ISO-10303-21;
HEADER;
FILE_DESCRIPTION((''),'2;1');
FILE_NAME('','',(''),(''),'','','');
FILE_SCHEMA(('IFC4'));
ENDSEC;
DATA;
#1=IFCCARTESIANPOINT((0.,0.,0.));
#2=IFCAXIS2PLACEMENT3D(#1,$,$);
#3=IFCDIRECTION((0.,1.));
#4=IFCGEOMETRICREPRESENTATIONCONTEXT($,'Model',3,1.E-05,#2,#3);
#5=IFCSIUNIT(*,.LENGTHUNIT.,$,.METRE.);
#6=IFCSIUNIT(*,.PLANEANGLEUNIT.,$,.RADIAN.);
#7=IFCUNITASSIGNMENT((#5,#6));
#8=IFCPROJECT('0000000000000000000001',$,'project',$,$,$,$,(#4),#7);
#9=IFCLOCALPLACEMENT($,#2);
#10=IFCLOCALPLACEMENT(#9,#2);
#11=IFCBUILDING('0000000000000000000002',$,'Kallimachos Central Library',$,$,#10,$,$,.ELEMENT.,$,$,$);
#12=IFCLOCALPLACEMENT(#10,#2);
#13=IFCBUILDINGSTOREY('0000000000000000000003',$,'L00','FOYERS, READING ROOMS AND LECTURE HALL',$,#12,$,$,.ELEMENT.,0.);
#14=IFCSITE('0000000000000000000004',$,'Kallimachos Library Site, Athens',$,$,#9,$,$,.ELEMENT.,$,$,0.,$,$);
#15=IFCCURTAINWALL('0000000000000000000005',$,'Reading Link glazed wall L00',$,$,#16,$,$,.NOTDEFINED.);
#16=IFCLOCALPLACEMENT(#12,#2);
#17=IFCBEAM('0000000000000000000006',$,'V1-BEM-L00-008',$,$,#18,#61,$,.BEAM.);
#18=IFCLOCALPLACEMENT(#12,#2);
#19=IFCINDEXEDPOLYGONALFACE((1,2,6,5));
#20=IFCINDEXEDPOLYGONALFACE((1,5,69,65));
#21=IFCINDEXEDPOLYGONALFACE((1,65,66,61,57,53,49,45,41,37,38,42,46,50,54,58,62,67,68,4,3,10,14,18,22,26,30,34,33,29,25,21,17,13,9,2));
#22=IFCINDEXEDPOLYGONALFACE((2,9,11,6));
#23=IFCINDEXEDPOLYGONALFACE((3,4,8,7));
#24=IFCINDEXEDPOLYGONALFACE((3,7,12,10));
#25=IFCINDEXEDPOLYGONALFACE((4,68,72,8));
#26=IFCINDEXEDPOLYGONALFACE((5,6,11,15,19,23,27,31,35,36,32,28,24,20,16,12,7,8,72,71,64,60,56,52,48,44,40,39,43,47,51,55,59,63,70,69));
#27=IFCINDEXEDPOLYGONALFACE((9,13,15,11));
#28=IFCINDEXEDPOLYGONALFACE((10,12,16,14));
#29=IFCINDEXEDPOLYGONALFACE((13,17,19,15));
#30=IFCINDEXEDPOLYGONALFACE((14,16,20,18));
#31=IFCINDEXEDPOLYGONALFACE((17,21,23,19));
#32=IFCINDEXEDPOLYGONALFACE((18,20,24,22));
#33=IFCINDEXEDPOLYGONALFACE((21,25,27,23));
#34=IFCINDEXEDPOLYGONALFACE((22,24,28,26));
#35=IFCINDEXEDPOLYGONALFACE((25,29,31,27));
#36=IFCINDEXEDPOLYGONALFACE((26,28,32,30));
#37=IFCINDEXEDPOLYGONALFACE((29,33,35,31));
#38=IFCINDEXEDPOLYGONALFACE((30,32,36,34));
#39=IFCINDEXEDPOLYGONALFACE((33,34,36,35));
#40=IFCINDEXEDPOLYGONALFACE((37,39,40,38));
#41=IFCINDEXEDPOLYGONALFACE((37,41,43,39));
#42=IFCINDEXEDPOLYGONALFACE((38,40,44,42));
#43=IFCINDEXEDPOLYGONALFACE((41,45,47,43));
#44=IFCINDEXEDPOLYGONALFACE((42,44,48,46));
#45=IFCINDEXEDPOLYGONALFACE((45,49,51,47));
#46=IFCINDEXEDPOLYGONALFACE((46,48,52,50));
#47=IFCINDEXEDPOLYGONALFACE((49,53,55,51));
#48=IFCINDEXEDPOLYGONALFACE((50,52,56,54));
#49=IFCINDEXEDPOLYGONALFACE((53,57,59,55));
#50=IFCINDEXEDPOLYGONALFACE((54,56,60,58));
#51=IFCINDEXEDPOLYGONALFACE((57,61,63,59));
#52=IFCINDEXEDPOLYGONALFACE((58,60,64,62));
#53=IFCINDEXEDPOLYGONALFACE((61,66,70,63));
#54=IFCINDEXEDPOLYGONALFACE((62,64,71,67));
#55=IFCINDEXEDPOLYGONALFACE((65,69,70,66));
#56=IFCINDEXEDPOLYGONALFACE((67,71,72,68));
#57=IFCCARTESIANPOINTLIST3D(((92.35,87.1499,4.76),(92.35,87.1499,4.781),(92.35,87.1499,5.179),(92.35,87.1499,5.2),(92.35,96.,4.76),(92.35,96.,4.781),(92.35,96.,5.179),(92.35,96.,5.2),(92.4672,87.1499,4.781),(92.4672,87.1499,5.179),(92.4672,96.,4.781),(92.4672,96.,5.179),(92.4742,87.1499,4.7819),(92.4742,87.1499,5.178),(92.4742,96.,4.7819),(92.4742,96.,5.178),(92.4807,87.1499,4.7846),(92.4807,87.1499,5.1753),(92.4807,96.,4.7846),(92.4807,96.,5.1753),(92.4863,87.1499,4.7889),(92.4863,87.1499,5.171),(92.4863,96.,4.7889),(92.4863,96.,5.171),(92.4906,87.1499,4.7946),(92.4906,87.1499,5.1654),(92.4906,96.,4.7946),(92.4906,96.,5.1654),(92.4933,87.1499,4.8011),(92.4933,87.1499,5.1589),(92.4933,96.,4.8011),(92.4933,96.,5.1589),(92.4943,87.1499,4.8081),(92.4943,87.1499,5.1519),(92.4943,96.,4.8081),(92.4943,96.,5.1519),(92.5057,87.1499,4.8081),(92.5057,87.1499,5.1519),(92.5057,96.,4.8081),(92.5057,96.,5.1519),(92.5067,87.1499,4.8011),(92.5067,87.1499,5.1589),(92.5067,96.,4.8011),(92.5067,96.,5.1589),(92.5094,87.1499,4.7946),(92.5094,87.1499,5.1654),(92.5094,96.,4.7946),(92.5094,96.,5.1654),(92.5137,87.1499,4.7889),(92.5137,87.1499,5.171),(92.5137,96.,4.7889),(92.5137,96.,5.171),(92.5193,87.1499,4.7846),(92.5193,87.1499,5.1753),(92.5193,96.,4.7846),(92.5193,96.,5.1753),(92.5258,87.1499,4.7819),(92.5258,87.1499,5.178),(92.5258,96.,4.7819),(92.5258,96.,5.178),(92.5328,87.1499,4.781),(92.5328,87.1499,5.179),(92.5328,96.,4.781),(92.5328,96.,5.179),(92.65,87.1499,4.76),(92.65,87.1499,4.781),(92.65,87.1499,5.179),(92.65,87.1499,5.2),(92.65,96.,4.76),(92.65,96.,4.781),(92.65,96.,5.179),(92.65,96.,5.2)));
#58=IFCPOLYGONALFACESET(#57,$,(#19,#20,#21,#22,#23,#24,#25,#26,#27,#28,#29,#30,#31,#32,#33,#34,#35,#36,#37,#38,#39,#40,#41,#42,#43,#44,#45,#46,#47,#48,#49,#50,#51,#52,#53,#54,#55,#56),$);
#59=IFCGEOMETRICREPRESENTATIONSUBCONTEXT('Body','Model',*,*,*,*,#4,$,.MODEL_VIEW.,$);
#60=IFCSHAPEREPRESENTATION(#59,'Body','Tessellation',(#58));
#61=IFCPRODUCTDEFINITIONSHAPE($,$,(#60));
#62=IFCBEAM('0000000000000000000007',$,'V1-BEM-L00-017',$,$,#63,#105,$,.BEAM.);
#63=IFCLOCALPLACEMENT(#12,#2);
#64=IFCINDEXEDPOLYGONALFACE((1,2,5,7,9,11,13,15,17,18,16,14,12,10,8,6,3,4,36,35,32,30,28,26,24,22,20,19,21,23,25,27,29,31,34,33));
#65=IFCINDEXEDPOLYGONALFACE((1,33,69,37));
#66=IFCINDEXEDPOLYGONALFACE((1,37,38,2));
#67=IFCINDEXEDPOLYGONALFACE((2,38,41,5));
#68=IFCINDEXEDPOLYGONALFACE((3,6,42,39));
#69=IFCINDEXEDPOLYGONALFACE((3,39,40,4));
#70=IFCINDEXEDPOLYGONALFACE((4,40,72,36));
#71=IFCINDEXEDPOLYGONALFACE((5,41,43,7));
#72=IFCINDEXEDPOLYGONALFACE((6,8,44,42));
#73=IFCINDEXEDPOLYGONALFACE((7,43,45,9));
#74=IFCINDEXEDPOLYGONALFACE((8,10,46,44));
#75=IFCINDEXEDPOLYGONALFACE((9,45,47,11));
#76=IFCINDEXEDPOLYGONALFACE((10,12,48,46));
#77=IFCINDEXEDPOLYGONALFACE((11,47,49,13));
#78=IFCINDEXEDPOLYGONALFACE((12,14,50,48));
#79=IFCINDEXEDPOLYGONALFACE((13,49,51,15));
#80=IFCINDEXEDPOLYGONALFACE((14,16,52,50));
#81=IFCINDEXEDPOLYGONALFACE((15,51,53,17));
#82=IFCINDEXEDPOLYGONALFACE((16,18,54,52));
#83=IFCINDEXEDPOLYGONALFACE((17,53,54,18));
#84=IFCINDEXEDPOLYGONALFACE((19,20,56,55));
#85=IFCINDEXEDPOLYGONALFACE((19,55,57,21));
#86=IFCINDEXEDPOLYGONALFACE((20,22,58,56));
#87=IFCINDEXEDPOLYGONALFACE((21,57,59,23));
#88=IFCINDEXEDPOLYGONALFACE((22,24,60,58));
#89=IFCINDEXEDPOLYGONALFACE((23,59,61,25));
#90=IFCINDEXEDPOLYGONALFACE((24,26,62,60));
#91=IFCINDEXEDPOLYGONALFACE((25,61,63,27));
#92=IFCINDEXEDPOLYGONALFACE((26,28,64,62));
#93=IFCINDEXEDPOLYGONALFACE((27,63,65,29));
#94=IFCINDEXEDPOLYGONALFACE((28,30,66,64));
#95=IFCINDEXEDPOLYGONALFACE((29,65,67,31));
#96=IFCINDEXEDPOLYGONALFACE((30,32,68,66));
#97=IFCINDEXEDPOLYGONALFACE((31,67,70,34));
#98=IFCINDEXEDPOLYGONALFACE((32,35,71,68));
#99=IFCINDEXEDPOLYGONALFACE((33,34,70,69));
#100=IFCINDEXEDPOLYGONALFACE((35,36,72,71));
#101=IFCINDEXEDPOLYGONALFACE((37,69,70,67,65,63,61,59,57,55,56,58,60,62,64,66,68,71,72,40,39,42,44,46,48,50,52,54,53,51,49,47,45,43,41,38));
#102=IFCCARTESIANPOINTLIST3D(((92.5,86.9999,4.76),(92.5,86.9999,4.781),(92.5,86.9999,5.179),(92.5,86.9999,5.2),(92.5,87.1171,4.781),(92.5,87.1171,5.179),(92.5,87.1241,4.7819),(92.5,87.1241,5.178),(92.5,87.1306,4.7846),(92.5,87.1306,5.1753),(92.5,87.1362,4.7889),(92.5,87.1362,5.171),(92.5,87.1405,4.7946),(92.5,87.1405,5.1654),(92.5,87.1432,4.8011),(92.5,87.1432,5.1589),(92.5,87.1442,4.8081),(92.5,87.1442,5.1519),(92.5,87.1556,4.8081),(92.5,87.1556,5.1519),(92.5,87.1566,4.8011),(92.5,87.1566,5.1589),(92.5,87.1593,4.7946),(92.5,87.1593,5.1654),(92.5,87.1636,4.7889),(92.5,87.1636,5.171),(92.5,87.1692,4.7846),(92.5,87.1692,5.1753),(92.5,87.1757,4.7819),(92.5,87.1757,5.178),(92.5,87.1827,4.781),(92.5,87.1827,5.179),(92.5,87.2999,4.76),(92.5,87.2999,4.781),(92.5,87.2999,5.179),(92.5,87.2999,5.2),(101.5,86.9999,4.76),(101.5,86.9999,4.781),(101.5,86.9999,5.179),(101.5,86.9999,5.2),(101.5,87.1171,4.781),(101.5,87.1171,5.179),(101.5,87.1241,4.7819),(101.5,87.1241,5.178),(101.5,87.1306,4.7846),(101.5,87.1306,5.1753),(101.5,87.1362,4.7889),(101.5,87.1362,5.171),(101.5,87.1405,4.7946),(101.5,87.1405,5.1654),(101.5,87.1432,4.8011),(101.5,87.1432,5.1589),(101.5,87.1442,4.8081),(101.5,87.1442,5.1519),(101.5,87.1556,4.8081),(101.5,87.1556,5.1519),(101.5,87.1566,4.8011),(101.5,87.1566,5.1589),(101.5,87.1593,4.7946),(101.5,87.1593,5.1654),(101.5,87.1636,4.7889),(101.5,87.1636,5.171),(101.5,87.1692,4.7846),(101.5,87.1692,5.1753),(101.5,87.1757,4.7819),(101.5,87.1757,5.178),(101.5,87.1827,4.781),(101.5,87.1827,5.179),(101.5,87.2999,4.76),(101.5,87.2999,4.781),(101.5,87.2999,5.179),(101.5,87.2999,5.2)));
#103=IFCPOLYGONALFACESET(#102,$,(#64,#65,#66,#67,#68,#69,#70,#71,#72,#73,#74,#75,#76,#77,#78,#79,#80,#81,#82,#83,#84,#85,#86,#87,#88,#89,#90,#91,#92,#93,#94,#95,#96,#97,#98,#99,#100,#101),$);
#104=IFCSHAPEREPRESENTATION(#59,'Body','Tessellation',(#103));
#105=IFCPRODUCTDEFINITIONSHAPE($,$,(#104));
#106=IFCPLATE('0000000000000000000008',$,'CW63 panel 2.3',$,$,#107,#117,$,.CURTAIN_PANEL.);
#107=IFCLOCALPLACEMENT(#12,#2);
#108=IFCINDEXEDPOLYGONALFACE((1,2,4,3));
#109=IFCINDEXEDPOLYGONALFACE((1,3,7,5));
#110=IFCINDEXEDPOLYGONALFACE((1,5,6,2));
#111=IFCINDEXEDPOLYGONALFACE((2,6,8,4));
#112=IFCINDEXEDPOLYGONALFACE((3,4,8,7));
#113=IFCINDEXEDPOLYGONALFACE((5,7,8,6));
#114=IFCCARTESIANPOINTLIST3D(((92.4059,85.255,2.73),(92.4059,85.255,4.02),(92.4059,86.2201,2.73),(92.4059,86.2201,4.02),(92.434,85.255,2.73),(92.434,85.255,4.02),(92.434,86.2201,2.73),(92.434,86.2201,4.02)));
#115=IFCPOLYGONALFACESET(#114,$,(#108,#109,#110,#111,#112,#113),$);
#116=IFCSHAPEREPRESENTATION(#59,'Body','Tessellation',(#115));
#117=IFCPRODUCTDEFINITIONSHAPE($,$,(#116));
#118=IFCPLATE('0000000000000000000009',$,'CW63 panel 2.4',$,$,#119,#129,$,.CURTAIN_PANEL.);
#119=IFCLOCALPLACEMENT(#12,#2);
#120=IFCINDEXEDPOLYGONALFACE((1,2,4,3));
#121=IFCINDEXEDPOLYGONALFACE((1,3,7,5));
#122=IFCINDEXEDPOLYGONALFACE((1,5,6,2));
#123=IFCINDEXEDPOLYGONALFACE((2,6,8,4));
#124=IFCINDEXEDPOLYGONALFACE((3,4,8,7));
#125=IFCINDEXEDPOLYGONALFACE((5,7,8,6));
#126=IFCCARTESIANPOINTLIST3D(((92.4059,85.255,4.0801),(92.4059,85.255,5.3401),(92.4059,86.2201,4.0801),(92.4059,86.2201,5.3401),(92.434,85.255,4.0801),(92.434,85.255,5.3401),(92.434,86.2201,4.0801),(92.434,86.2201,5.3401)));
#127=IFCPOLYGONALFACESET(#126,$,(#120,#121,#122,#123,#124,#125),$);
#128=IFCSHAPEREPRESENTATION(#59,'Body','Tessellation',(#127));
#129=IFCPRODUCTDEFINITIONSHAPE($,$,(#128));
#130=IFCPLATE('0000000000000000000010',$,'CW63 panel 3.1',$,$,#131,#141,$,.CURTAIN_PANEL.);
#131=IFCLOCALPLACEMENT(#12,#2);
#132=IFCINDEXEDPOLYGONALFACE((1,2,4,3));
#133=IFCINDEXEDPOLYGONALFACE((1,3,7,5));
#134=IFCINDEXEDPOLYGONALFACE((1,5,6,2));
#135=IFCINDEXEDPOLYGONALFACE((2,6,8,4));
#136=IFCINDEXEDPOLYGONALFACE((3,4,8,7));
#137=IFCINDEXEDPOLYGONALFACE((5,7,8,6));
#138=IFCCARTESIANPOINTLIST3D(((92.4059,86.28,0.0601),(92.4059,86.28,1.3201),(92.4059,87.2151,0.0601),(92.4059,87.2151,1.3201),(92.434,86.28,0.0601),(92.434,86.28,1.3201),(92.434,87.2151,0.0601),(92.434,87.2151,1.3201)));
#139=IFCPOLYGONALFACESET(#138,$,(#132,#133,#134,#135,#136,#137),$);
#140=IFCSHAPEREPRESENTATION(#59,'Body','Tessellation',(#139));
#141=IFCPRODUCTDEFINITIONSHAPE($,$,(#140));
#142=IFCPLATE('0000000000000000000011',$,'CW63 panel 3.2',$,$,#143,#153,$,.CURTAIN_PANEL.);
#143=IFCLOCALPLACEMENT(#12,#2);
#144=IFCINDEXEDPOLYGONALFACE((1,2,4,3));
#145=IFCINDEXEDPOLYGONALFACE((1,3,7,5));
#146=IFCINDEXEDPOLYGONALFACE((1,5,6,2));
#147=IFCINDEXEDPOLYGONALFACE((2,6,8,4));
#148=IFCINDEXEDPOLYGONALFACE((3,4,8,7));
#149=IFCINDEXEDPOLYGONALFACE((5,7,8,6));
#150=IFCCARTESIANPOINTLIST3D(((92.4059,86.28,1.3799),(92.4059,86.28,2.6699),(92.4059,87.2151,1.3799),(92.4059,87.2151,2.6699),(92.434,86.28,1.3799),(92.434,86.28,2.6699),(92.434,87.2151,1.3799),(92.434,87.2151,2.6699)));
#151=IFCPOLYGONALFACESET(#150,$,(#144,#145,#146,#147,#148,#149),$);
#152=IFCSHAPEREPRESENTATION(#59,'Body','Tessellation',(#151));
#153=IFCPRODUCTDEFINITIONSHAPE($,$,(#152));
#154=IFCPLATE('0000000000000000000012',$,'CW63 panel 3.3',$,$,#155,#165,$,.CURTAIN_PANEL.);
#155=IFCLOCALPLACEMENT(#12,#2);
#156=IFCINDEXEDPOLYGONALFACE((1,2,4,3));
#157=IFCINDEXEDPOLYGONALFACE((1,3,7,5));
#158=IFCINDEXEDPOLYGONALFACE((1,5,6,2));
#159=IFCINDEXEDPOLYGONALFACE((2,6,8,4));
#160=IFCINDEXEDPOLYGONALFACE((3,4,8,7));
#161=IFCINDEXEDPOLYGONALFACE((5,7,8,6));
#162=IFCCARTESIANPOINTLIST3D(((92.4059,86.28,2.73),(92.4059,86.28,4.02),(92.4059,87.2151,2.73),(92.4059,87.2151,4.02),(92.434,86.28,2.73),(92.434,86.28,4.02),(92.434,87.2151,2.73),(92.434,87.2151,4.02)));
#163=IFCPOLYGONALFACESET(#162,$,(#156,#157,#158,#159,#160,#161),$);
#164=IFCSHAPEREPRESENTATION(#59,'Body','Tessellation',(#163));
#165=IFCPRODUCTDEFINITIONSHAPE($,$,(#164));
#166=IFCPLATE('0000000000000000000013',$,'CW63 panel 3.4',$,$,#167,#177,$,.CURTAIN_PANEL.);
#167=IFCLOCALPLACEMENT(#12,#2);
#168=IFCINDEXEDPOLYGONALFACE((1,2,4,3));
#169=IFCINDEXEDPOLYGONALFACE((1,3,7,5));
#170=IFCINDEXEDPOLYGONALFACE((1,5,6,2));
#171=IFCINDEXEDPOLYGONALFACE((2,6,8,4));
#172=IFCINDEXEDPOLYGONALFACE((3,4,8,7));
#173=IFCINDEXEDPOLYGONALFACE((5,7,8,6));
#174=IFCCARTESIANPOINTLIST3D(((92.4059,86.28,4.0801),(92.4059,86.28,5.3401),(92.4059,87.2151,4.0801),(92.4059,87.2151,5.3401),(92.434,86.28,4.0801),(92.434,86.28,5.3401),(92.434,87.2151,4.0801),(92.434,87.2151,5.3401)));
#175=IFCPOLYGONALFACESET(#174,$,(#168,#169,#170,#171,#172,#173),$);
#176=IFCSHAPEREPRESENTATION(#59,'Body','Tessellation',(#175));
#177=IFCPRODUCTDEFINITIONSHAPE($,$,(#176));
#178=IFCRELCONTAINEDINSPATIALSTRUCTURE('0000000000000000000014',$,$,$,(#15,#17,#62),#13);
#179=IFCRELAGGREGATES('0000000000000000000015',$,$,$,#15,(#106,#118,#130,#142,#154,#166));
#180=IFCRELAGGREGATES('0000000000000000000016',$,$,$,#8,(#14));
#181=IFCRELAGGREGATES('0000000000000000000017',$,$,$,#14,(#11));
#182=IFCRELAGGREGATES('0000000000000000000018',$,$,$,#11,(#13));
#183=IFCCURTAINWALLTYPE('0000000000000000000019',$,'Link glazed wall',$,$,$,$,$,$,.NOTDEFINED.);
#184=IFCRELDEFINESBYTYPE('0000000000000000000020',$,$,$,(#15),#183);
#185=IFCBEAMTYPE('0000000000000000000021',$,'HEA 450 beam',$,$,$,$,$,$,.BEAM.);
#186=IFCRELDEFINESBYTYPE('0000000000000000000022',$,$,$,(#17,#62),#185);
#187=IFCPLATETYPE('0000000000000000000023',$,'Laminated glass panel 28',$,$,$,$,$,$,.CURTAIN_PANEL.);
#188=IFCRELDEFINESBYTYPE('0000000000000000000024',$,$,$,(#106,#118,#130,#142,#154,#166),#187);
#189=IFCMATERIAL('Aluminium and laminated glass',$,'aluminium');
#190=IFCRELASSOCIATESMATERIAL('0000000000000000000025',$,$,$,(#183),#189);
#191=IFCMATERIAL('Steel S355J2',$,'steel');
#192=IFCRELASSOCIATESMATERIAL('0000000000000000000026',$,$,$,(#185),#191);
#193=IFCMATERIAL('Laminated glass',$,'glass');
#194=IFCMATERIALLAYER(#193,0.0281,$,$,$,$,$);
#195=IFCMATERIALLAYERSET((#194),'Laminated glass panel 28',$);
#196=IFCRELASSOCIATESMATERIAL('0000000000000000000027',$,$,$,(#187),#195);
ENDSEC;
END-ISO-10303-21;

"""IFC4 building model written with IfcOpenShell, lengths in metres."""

from ifc_helpers import new_model, si_unit, direction, frame, origin, origin_2d, place, context, subcontext, project, spatial, rectangle, i_section, extrude, material, layer, layer_set, material_profile, profile_set, type_object, element, aggregate, save


model = new_model("IFC4")

# Units and contexts
model_context = context("Model", 3, precision=1e-05, world=origin(), true_north=direction((0.0, 1.0)))
body_context = subcontext(model_context, "Body", "Model", "MODEL_VIEW")
ifc_project = project(units=[si_unit("LENGTHUNIT", "METRE"), si_unit("PLANEANGLEUNIT", "RADIAN")], contexts=[model_context])

# Site, building, storey
site_placement = place(None, origin())
site = spatial("IfcSite", under=ifc_project, at=site_placement, Name="Kallimachos Library Site, Athens", CompositionType="ELEMENT", RefElevation=0.0)
building_placement = place(site_placement, origin())
building = spatial("IfcBuilding", under=site, at=building_placement, Name="Kallimachos Central Library", CompositionType="ELEMENT")
storey_placement = place(building_placement, origin())
storey = spatial("IfcBuildingStorey", under=building, at=storey_placement, Name="L00", Description="FOYERS, READING ROOMS AND LECTURE HALL", CompositionType="ELEMENT", Elevation=0.0)

# Curtain wall
ifc_material_1 = material(Name="Aluminium and laminated glass", Category="aluminium")
curtain_wall_type = type_object("IfcCurtainWallType", Name="Link glazed wall", PredefinedType="NOTDEFINED", material=ifc_material_1)
curtain_wall_placement = place(storey_placement, origin())
curtain_wall = element("IfcCurtainWall", 1, at=curtain_wall_placement, inside=storey, type_object=curtain_wall_type, Name="Reading Link glazed wall L00", PredefinedType="NOTDEFINED")

# Beams
ifc_material_2 = material(Name="Steel S355J2", Category="steel")
ifc_material_profile_1 = material_profile(ifc_material_2, i_section(OverallWidth=0.3, OverallDepth=0.4399, WebThickness=0.0115, FlangeThickness=0.021, FilletRadius=0.0271, at=origin_2d()), Name="HEA 450")
ifc_profile_set_1 = profile_set([ifc_material_profile_1], Name="Steel S355J2")
beam_type = type_object("IfcBeamType", Name="HEA 450 beam", PredefinedType="BEAM", material=ifc_profile_set_1)
beam_1_placement = place(storey_placement, frame((92.5, 87.1499, 4.98), z_axis=(0.0, 1.0, 0.0), x_axis=(-1.0, 0.0, 0.0)))
element("IfcBeam", 2, at=beam_1_placement, inside=storey, type_object=beam_type, Name="V1-BEM-L00-008", PredefinedType="BEAM", context=body_context, shape_type="SweptSolid", body=[
    extrude(i_section(OverallWidth=0.3, OverallDepth=0.4399, WebThickness=0.0115, FlangeThickness=0.021, FilletRadius=0.0271, at=origin_2d()), origin(), (0.0, 0.0, 1.0), 8.8501),
])
beam_2_placement = place(storey_placement, frame((92.5, 87.1499, 4.98), z_axis=(1.0, 0.0, 0.0), x_axis=(0.0, 1.0, 0.0)))
element("IfcBeam", 3, at=beam_2_placement, inside=storey, type_object=beam_type, Name="V1-BEM-L00-017", PredefinedType="BEAM", context=body_context, shape_type="SweptSolid", body=[
    extrude(i_section(OverallWidth=0.3, OverallDepth=0.4399, WebThickness=0.0115, FlangeThickness=0.021, FilletRadius=0.0271, at=origin_2d()), origin(), (0.0, 0.0, 1.0), 9.0),
])

# Plates
ifc_material_3 = material(Name="Laminated glass", Category="glass")
ifc_layer = layer(ifc_material_3, 0.0281)
ifc_layer_set = layer_set([ifc_layer], Name="Laminated glass panel 28")
plate_type = type_object("IfcPlateType", Name="Laminated glass panel 28", PredefinedType="CURTAIN_PANEL", material=ifc_layer_set)
plate_1_placement = place(storey_placement, frame((92.4199, 85.7375, 2.73), z_axis=(0.0, 0.0, 1.0), x_axis=(0.0, 1.0, 0.0)))
plate_1 = element("IfcPlate", 4, at=plate_1_placement, type_object=plate_type, Name="CW63 panel 2.3", PredefinedType="CURTAIN_PANEL", context=body_context, shape_type="SweptSolid", body=[
    extrude(rectangle(XDim=0.9651, YDim=0.0281, at=origin_2d()), origin(), (0.0, 0.0, 1.0), 1.29),
])
plate_2_placement = place(storey_placement, frame((92.4199, 85.7375, 4.0801), z_axis=(0.0, 0.0, 1.0), x_axis=(0.0, 1.0, 0.0)))
plate_2 = element("IfcPlate", 5, at=plate_2_placement, type_object=plate_type, Name="CW63 panel 2.4", PredefinedType="CURTAIN_PANEL", context=body_context, shape_type="SweptSolid", body=[
    extrude(rectangle(XDim=0.9651, YDim=0.0281, at=origin_2d()), origin(), (0.0, 0.0, 1.0), 1.26),
])
plate_3_placement = place(storey_placement, frame((92.4199, 86.7476, 0.0601), z_axis=(0.0, 0.0, 1.0), x_axis=(0.0, 1.0, 0.0)))
plate_3 = element("IfcPlate", 6, at=plate_3_placement, type_object=plate_type, Name="CW63 panel 3.1", PredefinedType="CURTAIN_PANEL", context=body_context, shape_type="SweptSolid", body=[
    extrude(rectangle(XDim=0.9351, YDim=0.0281, at=origin_2d()), origin(), (0.0, 0.0, 1.0), 1.26),
])
plate_4_placement = place(storey_placement, frame((92.4199, 86.7476, 1.3799), z_axis=(0.0, 0.0, 1.0), x_axis=(0.0, 1.0, 0.0)))
plate_4 = element("IfcPlate", 7, at=plate_4_placement, type_object=plate_type, Name="CW63 panel 3.2", PredefinedType="CURTAIN_PANEL", context=body_context, shape_type="SweptSolid", body=[
    extrude(rectangle(XDim=0.9351, YDim=0.0281, at=origin_2d()), origin(), (0.0, 0.0, 1.0), 1.29),
])
plate_5_placement = place(storey_placement, frame((92.4199, 86.7476, 2.73), z_axis=(0.0, 0.0, 1.0), x_axis=(0.0, 1.0, 0.0)))
plate_5 = element("IfcPlate", 8, at=plate_5_placement, type_object=plate_type, Name="CW63 panel 3.3", PredefinedType="CURTAIN_PANEL", context=body_context, shape_type="SweptSolid", body=[
    extrude(rectangle(XDim=0.9351, YDim=0.0281, at=origin_2d()), origin(), (0.0, 0.0, 1.0), 1.29),
])
plate_6_placement = place(storey_placement, frame((92.4199, 86.7476, 4.0801), z_axis=(0.0, 0.0, 1.0), x_axis=(0.0, 1.0, 0.0)))
plate_6 = element("IfcPlate", 9, at=plate_6_placement, type_object=plate_type, Name="CW63 panel 3.4", PredefinedType="CURTAIN_PANEL", context=body_context, shape_type="SweptSolid", body=[
    extrude(rectangle(XDim=0.9351, YDim=0.0281, at=origin_2d()), origin(), (0.0, 0.0, 1.0), 1.26),
])
aggregate(curtain_wall, [plate_1, plate_2, plate_3, plate_4, plate_5, plate_6])

save(model, "model.ifc")
